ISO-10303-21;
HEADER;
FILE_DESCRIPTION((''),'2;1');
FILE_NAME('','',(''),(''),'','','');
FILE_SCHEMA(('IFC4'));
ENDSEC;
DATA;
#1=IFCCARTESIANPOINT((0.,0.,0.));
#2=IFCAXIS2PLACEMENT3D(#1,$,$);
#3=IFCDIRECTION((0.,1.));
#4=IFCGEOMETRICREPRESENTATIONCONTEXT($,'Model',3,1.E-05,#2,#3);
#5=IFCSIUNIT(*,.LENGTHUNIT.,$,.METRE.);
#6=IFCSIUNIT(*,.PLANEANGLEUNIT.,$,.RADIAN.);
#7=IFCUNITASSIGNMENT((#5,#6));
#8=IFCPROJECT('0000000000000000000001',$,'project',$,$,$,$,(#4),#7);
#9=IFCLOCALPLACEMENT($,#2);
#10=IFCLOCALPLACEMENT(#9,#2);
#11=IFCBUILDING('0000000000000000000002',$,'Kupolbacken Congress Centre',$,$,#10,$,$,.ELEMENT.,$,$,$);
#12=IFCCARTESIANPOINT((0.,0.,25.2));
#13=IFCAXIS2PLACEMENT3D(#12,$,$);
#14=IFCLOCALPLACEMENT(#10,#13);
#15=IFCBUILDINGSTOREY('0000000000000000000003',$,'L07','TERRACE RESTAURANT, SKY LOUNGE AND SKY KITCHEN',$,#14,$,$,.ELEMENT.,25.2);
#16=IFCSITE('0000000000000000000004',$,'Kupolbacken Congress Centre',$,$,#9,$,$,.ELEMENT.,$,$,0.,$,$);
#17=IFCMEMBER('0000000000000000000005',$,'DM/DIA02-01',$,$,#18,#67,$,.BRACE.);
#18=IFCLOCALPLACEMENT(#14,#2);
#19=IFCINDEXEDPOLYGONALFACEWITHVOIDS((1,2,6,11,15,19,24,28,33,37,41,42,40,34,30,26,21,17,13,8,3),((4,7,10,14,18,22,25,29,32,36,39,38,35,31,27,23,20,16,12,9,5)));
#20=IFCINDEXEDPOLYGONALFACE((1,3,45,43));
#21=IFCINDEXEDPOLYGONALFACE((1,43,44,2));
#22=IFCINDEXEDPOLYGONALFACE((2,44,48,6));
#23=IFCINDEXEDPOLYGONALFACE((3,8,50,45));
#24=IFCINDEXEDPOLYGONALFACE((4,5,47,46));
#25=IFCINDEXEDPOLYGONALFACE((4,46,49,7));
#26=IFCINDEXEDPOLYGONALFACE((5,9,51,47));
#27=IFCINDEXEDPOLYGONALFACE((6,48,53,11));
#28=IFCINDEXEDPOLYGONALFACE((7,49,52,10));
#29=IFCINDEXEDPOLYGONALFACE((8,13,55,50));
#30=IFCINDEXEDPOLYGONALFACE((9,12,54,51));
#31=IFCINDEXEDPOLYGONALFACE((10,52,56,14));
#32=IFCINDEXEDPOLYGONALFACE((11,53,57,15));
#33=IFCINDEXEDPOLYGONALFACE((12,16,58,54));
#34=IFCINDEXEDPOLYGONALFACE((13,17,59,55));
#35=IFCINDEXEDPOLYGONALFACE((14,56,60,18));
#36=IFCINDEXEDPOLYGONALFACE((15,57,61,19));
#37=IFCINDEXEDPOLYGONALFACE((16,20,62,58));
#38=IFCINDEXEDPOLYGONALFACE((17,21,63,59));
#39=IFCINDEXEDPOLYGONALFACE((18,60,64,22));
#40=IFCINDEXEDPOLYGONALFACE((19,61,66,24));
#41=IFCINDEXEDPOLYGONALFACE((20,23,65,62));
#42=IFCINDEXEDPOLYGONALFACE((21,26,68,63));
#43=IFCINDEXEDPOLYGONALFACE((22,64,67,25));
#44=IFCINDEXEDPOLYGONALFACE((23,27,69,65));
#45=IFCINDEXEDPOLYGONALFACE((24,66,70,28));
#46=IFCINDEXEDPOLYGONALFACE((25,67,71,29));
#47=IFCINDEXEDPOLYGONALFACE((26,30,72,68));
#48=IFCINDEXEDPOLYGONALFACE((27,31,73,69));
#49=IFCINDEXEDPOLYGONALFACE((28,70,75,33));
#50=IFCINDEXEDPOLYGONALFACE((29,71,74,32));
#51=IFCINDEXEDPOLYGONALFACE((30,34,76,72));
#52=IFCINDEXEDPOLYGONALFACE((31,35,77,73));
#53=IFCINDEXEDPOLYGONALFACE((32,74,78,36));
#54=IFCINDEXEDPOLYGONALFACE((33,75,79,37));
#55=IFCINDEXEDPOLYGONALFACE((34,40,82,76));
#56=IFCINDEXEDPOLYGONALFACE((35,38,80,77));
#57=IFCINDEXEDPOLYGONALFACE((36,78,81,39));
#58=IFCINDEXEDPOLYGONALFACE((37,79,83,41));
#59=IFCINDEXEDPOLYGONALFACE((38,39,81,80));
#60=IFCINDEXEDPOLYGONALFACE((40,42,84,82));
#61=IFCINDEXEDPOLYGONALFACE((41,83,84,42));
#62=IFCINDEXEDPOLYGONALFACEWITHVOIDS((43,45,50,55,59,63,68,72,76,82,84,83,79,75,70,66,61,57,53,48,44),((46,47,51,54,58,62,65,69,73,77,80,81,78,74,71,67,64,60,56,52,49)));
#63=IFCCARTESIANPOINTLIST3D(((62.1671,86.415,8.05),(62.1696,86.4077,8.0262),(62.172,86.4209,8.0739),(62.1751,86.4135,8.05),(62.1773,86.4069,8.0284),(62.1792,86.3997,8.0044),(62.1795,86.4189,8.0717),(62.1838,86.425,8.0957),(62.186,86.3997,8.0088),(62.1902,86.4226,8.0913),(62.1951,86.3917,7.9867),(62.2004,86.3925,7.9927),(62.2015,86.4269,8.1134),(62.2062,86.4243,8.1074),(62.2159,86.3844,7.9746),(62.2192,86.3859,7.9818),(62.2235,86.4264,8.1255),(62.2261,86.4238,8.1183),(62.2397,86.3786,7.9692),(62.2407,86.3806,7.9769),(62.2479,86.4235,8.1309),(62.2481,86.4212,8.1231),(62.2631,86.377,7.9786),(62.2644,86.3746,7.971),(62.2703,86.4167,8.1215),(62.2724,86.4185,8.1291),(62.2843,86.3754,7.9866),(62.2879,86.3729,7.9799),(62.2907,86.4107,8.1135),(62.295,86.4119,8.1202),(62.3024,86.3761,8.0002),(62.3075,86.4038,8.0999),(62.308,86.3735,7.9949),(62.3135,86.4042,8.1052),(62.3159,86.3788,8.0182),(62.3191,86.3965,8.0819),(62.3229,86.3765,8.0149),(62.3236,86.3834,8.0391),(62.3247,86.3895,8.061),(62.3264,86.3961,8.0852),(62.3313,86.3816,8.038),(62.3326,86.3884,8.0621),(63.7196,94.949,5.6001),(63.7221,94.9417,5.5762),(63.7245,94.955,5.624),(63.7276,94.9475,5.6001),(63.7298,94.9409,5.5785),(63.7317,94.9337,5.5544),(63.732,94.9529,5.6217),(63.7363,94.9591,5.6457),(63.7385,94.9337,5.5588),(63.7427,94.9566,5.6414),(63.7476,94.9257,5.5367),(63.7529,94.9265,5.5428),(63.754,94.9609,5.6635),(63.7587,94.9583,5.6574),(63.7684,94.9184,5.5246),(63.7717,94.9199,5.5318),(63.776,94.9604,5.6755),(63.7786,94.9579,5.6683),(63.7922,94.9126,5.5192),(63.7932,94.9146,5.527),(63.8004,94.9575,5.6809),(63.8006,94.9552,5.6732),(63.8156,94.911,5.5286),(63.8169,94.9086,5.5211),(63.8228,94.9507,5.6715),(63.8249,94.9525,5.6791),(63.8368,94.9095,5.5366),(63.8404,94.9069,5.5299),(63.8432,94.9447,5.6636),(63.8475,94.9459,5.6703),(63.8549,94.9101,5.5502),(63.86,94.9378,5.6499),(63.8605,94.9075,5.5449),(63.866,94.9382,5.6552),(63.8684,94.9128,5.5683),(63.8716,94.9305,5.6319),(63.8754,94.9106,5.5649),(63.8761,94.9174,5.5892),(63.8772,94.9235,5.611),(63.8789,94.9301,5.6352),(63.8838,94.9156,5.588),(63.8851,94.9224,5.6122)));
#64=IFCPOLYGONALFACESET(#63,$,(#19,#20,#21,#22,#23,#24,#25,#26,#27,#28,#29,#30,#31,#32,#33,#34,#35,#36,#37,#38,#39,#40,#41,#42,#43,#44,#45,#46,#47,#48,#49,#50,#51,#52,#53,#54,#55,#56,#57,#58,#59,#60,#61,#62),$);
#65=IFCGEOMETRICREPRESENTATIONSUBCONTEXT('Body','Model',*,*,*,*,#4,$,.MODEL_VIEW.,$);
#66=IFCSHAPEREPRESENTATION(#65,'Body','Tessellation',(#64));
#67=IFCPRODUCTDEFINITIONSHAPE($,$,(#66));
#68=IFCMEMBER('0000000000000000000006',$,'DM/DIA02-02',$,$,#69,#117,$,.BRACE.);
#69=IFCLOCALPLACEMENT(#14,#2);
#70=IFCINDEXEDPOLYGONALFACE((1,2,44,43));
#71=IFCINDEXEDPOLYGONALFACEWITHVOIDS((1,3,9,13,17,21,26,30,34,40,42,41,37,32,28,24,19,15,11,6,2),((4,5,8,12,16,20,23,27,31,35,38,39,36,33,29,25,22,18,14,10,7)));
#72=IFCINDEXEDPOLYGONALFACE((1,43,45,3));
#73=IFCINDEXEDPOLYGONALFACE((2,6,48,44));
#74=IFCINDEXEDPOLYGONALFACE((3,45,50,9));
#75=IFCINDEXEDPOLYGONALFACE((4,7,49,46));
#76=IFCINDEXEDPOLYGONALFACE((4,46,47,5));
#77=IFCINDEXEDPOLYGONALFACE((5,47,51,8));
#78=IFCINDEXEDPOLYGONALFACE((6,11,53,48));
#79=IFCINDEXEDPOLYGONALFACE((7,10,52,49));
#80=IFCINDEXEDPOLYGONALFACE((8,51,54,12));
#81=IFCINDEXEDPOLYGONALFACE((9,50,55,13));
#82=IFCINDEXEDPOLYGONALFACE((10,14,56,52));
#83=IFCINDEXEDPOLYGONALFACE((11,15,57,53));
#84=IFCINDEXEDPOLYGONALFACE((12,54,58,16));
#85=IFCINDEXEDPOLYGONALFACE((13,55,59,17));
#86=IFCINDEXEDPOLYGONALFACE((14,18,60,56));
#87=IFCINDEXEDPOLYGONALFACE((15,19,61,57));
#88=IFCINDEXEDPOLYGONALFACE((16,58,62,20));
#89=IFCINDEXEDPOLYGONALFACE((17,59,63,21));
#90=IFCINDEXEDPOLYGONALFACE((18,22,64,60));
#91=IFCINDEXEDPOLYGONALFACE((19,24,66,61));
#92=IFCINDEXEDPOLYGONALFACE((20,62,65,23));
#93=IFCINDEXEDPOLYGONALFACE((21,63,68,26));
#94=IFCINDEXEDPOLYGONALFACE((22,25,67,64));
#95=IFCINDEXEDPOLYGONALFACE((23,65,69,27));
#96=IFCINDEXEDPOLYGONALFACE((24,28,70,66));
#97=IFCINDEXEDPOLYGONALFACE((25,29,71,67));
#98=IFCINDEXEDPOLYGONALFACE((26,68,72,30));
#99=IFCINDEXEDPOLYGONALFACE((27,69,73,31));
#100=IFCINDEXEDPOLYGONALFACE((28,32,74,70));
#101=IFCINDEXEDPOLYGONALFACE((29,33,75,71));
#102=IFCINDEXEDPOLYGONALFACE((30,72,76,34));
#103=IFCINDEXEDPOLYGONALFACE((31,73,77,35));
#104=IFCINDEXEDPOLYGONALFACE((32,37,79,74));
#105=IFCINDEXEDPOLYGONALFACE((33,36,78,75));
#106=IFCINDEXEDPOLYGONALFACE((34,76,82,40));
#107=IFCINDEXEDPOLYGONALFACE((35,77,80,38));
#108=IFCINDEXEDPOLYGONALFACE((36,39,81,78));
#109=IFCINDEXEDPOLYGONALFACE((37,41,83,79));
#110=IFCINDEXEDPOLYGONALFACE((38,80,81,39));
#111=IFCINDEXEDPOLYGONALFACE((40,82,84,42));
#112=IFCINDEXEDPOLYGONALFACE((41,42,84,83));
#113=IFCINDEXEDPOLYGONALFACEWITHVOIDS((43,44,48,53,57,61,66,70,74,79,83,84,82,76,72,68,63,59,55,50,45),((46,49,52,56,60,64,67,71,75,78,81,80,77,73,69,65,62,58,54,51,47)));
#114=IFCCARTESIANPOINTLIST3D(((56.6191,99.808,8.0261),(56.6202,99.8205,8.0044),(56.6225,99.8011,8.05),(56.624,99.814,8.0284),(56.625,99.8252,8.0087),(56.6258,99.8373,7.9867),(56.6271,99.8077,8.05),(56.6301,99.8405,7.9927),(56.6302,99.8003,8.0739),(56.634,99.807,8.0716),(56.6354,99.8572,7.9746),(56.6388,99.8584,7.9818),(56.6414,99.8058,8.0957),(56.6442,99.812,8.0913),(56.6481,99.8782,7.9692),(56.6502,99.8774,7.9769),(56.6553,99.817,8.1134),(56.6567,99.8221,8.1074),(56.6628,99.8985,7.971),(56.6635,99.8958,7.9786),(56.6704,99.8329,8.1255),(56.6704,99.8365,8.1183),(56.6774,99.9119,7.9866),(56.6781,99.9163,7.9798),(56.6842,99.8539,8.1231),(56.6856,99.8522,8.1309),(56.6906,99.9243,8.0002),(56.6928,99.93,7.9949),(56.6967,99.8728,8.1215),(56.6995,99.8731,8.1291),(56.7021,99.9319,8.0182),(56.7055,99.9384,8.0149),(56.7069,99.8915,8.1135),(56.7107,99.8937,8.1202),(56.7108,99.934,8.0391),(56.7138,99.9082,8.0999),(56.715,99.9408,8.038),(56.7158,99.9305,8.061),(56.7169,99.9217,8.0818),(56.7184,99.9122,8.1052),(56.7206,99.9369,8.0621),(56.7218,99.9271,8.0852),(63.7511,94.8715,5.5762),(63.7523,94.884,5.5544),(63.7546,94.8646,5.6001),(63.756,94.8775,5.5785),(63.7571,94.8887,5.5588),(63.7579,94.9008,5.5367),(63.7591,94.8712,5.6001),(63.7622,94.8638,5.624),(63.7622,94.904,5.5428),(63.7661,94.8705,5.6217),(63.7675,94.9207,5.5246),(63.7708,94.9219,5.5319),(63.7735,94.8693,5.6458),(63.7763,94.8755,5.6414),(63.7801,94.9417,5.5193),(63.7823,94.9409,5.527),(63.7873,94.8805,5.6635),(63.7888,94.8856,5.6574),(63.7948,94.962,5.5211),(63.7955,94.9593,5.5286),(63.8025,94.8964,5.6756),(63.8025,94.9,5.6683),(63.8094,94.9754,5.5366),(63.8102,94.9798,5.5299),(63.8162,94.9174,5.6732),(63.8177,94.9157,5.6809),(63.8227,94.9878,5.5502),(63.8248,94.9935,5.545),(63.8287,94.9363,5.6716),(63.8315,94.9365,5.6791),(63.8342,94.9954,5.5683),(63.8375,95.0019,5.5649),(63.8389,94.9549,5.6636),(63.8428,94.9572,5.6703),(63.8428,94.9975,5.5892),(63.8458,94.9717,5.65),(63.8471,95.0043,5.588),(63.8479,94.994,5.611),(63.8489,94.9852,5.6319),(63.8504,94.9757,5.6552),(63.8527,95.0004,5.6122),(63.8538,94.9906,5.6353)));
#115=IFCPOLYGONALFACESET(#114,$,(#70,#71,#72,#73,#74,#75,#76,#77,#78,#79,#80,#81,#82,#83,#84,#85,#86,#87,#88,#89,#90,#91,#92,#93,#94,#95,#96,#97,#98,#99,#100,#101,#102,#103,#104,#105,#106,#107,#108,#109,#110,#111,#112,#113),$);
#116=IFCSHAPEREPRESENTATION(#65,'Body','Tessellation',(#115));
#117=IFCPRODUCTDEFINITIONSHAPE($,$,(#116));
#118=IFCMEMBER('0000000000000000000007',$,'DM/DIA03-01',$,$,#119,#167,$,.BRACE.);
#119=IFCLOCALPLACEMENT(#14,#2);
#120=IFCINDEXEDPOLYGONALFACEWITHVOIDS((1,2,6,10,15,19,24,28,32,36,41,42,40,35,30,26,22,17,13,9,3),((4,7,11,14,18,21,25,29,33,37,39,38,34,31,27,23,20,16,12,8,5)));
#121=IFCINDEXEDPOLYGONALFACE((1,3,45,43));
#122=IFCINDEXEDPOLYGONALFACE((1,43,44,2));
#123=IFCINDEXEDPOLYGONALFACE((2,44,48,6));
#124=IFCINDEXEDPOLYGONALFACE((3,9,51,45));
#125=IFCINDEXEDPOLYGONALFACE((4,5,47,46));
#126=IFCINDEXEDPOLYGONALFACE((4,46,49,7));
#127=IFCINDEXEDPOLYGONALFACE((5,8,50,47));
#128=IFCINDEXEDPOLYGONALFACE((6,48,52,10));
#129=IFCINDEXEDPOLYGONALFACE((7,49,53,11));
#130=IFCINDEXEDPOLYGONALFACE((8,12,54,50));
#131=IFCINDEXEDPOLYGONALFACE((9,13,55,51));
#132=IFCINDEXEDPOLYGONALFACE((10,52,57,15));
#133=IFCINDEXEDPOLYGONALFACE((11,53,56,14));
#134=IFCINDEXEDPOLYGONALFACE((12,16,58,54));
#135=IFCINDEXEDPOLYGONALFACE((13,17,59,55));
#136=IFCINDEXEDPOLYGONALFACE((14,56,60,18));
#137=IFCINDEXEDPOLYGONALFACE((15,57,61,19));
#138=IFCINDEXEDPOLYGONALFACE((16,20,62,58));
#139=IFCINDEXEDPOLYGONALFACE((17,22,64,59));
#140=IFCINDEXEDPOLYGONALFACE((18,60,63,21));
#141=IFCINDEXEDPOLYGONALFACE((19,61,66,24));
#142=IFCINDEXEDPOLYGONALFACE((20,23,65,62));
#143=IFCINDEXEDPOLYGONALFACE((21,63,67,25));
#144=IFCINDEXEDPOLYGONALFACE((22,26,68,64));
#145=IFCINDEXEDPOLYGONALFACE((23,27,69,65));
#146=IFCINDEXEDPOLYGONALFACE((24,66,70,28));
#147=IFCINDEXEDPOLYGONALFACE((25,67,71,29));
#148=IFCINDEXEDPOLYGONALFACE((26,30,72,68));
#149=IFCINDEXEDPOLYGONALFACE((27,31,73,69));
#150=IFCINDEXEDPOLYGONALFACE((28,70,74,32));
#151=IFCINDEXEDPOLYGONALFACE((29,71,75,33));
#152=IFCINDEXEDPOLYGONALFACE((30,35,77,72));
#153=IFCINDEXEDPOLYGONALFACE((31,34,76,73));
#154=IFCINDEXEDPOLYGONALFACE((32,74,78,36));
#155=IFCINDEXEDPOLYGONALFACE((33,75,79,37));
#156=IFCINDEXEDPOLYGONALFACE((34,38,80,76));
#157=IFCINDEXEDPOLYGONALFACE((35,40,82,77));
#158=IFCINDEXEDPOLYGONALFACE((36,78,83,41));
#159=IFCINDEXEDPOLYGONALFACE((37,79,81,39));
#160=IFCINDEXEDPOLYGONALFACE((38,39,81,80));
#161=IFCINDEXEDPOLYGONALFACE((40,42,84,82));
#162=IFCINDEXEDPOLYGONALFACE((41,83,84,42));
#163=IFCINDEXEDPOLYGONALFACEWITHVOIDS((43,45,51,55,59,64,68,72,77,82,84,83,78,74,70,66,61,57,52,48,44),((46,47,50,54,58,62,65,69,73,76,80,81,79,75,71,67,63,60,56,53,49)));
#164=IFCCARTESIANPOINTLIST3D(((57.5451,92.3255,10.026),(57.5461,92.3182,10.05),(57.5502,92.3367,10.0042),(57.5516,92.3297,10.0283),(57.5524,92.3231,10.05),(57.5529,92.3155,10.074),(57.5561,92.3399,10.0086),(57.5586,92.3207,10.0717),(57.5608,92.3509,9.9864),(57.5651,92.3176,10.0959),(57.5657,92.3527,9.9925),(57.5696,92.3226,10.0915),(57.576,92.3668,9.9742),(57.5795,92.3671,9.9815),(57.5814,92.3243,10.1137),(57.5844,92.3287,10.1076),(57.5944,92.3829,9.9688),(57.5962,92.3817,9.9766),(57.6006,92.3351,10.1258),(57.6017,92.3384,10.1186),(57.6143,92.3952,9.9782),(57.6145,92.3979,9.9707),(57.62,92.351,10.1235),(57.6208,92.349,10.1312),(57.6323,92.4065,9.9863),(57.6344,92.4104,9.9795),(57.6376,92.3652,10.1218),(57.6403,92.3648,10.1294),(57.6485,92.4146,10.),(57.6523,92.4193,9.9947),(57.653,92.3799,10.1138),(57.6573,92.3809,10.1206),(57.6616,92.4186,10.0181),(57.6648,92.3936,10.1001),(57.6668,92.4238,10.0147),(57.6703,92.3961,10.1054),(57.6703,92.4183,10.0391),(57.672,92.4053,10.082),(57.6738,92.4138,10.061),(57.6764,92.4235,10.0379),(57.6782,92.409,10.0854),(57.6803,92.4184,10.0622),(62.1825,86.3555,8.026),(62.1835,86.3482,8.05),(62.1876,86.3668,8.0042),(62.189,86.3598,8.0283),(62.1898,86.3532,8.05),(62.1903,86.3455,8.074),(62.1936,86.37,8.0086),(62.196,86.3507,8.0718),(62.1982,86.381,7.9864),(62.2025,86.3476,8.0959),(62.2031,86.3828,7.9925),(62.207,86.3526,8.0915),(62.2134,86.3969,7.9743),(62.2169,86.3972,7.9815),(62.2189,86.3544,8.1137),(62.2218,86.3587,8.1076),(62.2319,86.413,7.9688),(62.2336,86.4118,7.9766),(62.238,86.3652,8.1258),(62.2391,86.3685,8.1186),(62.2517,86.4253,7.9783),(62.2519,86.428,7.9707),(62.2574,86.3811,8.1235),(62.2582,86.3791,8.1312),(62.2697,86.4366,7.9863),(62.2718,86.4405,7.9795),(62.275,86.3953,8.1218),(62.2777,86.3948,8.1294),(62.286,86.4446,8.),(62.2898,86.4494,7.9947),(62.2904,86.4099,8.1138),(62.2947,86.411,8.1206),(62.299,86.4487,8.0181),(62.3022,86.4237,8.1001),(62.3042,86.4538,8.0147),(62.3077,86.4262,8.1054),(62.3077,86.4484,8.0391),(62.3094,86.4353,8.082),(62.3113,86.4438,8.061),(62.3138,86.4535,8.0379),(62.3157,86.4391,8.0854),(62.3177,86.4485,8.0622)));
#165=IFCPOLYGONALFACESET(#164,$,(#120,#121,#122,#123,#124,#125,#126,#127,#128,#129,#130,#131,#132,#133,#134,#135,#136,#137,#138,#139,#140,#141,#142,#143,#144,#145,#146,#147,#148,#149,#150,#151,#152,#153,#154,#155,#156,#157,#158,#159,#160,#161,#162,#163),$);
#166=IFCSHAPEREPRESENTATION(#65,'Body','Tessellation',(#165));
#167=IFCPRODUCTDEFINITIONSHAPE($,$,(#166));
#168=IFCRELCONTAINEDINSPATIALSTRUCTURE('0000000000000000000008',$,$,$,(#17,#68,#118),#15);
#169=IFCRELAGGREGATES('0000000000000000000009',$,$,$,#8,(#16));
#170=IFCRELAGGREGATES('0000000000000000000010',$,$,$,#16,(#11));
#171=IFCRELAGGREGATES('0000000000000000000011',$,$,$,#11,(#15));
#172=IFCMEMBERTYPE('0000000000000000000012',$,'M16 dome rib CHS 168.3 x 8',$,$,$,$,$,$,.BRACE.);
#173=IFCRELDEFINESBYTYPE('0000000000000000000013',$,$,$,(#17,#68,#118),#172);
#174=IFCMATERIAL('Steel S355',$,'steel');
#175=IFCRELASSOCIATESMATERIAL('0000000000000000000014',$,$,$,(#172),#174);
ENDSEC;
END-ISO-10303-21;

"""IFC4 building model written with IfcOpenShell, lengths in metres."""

from ifc_helpers import new_model, si_unit, direction, frame, origin, origin_2d, place, context, subcontext, project, spatial, hollow_circle, extrude, material, material_profile, profile_set, type_object, element, save


model = new_model("IFC4")

# Units and contexts
model_context = context("Model", 3, precision=1e-05, world=origin(), true_north=direction((0.0, 1.0)))
body_context = subcontext(model_context, "Body", "Model", "MODEL_VIEW")
ifc_project = project(units=[si_unit("LENGTHUNIT", "METRE"), si_unit("PLANEANGLEUNIT", "RADIAN")], contexts=[model_context])

# Site, building, storey
site_placement = place(None, origin())
site = spatial("IfcSite", under=ifc_project, at=site_placement, Name="Kupolbacken Congress Centre", CompositionType="ELEMENT", RefElevation=0.0)
building_placement = place(site_placement, origin())
building = spatial("IfcBuilding", under=site, at=building_placement, Name="Kupolbacken Congress Centre", CompositionType="ELEMENT")
storey_placement = place(building_placement, frame((0.0, 0.0, 25.2)))
storey = spatial("IfcBuildingStorey", under=building, at=storey_placement, Name="L07", Description="TERRACE RESTAURANT, SKY LOUNGE AND SKY KITCHEN", CompositionType="ELEMENT", Elevation=25.2)

# Members
ifc_material_1 = material(Name="Steel S355", Category="steel")
ifc_material_profile_1 = material_profile(ifc_material_1, hollow_circle(Radius=0.0842, WallThickness=0.0081, at=origin_2d()), Name="CHS 168.3 x 8")
ifc_profile_set_1 = profile_set([ifc_material_profile_1], Name="Steel S355")
member_type_1 = type_object("IfcMemberType", Name="M16 dome rib CHS 168.3 x 8", PredefinedType="BRACE", material=ifc_profile_set_1)
member_1_placement = place(storey_placement, frame((62.25, 86.3999, 8.05), z_axis=(0.172243, 0.94681, -0.271813), x_axis=(-0.983852, 0.178982, 0.0)))
element("IfcMember", 1, at=member_1_placement, inside=storey, type_object=member_type_1, Name="DM/DIA02-01", PredefinedType="BRACE", context=body_context, shape_type="SweptSolid", body=[
    extrude(hollow_circle(Radius=0.0842, WallThickness=0.0081, at=origin_2d()), origin(), (0.0, 0.0, 1.0), 9.0134),
])
member_2_placement = place(storey_placement, frame((63.8025, 94.9338, 5.6001), z_axis=(-0.791291, 0.547698, 0.271818), x_axis=(-0.569127, -0.82225, 0.0)))
element("IfcMember", 2, at=member_2_placement, inside=storey, type_object=member_type_1, Name="DM/DIA02-02", PredefinedType="BRACE", context=body_context, shape_type="SweptSolid", body=[
    extrude(hollow_circle(Radius=0.0842, WallThickness=0.0081, at=origin_2d()), origin(), (0.0, 0.0, 1.0), 9.0132),
])
member_3_placement = place(storey_placement, frame((62.25, 86.3999, 8.05), z_axis=(-0.593053, 0.76346, 0.255767), x_axis=(-0.789728, -0.613458, 0.0)))
element("IfcMember", 3, at=member_3_placement, inside=storey, type_object=member_type_1, Name="DM/DIA03-01", PredefinedType="BRACE", context=body_context, shape_type="SweptSolid", body=[
    extrude(hollow_circle(Radius=0.0842, WallThickness=0.0081, at=origin_2d()), origin(), (0.0, 0.0, 1.0), 7.8196),
])

save(model, "model.ifc")
